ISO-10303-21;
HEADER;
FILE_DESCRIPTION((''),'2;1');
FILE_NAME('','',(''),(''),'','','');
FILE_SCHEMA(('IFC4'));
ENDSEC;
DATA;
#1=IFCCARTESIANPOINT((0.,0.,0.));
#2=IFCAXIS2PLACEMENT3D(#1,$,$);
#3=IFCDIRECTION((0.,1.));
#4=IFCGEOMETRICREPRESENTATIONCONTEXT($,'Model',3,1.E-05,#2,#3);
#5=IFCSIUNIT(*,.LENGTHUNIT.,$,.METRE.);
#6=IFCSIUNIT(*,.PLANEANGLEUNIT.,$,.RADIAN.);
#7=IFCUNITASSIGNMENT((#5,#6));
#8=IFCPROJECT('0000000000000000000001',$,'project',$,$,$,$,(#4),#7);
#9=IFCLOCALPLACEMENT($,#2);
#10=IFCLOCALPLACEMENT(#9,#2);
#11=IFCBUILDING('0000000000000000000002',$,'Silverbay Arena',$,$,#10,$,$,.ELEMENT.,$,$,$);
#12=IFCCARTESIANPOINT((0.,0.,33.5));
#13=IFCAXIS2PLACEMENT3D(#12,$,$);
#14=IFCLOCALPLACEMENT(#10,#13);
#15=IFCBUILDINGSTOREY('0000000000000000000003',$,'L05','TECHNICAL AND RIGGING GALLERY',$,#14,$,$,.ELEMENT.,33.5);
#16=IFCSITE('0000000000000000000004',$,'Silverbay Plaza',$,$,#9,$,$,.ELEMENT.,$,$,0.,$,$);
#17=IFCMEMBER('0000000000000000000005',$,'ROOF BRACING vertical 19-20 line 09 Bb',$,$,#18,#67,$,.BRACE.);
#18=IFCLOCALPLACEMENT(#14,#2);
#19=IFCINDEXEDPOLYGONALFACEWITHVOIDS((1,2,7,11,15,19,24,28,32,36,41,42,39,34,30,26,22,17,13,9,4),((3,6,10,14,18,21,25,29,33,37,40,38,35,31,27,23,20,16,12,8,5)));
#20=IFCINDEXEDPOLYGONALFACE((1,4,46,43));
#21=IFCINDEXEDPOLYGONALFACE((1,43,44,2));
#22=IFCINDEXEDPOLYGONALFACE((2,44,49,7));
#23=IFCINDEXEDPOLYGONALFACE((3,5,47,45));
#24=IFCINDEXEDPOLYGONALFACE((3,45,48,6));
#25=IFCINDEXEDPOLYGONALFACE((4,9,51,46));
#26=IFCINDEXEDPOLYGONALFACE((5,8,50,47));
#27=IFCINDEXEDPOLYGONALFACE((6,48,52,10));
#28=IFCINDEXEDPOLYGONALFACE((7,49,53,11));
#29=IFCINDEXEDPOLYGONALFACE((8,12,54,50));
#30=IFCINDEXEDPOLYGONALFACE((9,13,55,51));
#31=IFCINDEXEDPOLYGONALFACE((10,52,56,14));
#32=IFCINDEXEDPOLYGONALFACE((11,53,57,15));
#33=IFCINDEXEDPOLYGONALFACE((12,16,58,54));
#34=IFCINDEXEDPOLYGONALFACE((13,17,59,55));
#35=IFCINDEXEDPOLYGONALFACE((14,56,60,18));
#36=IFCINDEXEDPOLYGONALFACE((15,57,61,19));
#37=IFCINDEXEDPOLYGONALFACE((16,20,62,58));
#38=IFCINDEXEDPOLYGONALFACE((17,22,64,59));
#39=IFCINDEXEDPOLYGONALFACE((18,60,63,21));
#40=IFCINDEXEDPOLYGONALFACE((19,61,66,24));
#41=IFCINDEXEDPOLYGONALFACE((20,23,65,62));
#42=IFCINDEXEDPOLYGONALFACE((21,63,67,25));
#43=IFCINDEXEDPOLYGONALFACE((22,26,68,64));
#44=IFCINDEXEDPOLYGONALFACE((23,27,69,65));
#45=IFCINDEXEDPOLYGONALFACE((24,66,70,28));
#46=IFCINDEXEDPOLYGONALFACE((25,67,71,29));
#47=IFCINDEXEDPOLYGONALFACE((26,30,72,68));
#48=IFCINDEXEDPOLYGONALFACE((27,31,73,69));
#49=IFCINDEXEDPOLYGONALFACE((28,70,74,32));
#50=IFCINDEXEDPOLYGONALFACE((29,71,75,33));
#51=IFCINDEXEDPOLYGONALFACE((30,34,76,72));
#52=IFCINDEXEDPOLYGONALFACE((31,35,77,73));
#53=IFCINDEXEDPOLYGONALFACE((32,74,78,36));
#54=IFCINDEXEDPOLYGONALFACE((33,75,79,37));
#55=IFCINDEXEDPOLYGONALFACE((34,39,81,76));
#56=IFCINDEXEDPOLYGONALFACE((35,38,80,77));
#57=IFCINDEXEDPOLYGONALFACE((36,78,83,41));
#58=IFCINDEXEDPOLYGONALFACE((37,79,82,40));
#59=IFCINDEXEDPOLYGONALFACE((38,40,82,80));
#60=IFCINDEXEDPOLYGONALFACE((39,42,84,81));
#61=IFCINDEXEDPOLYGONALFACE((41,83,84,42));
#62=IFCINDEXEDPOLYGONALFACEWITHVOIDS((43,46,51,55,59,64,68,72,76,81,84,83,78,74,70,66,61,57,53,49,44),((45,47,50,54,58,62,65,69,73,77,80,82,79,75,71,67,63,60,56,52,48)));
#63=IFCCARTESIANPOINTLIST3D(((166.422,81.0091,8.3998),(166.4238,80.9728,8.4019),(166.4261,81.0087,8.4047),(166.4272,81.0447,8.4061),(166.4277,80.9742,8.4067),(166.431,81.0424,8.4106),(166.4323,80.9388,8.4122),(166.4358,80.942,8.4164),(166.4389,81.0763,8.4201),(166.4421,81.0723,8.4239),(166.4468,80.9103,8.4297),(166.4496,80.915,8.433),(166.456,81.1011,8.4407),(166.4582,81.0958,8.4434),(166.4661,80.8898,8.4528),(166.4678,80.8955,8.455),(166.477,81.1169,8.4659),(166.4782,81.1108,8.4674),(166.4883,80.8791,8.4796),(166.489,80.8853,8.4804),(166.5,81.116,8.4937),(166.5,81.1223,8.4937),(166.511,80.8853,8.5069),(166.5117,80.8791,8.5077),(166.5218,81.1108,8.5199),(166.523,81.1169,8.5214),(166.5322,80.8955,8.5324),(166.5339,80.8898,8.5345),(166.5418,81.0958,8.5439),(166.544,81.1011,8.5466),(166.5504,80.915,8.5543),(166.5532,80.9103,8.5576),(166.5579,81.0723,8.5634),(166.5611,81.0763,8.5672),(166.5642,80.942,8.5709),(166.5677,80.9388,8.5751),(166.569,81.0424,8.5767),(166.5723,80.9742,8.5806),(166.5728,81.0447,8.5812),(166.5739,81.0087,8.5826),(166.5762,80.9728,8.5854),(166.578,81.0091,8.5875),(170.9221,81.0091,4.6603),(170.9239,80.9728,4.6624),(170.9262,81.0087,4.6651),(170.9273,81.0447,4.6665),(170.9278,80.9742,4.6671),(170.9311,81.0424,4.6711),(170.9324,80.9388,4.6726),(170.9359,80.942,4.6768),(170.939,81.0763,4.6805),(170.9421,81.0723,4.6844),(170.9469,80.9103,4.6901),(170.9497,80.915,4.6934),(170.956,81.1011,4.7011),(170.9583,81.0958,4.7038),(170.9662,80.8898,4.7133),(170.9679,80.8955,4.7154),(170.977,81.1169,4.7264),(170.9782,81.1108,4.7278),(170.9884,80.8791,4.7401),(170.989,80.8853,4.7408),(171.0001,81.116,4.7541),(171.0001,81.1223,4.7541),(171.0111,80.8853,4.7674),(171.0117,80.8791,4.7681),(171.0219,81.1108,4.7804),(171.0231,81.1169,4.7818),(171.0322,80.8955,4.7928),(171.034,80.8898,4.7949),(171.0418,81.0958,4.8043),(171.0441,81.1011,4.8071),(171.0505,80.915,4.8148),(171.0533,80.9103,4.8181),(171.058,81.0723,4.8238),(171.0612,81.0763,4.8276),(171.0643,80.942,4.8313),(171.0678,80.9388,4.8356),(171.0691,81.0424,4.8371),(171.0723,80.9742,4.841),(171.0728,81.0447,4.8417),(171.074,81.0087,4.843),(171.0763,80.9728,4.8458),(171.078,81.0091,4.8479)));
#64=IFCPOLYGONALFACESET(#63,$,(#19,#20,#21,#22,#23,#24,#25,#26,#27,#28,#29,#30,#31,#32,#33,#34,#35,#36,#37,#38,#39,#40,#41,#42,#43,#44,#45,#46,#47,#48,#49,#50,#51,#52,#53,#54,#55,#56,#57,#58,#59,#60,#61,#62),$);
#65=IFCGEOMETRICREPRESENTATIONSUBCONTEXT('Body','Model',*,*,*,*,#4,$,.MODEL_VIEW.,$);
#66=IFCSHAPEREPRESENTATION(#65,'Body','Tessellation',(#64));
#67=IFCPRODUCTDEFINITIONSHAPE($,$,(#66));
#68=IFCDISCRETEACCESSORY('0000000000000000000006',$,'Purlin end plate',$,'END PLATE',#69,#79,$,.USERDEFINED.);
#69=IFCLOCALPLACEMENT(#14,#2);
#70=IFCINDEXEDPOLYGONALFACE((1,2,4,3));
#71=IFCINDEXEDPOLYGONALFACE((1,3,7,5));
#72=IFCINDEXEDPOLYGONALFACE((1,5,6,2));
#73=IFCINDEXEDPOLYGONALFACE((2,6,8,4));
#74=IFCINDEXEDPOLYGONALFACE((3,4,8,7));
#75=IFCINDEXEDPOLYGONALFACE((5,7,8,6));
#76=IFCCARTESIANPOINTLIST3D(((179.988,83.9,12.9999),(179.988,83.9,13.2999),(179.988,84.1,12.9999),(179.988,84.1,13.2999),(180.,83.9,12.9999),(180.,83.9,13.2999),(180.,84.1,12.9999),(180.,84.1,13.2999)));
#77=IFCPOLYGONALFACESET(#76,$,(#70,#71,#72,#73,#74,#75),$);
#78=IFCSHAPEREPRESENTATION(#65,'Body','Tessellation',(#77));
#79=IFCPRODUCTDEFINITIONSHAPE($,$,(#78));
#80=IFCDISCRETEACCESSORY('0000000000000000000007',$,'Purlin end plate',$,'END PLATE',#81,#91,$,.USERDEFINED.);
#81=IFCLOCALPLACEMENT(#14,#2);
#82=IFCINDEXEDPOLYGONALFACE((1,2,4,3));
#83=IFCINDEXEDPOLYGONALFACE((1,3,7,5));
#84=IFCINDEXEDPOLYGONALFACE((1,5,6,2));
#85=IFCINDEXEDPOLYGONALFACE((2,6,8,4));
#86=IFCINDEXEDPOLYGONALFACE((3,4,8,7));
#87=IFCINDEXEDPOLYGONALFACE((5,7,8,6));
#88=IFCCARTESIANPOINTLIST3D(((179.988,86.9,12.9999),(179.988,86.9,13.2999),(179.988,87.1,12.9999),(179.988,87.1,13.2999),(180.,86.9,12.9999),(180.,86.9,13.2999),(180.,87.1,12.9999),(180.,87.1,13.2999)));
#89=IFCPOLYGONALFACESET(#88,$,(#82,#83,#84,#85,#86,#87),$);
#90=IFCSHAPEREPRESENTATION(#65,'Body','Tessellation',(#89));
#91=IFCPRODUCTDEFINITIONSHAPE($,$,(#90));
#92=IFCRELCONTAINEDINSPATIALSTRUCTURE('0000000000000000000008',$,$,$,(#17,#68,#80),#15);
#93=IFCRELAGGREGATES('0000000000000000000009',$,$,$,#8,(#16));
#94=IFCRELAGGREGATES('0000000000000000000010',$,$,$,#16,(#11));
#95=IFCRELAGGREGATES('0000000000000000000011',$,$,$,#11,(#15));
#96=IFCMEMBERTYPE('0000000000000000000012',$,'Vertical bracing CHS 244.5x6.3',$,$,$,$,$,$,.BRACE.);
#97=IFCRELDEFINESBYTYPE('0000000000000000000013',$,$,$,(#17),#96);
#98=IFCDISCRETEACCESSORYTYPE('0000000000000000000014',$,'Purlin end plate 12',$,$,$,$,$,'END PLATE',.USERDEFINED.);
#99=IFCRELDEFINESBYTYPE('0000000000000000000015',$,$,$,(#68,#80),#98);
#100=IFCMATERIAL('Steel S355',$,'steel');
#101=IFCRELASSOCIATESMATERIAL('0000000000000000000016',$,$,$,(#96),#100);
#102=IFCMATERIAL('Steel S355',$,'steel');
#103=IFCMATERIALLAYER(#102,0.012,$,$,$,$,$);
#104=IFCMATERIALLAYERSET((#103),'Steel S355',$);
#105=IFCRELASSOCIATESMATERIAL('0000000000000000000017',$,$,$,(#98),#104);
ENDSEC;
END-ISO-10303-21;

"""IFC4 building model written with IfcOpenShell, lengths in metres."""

from ifc_helpers import new_model, si_unit, direction, frame, origin, origin_2d, place, context, subcontext, project, spatial, rectangle, hollow_circle, extrude, material, layer, layer_set, material_profile, profile_set, type_object, element, save


model = new_model("IFC4")

# Units and contexts
model_context = context("Model", 3, precision=1e-05, world=origin(), true_north=direction((0.0, 1.0)))
body_context = subcontext(model_context, "Body", "Model", "MODEL_VIEW")
ifc_project = project(units=[si_unit("LENGTHUNIT", "METRE"), si_unit("PLANEANGLEUNIT", "RADIAN")], contexts=[model_context])

# Site, building, storey
site_placement = place(None, origin())
site = spatial("IfcSite", under=ifc_project, at=site_placement, Name="Silverbay Plaza", CompositionType="ELEMENT", RefElevation=0.0)
building_placement = place(site_placement, origin())
building = spatial("IfcBuilding", under=site, at=building_placement, Name="Silverbay Arena", CompositionType="ELEMENT")
storey_placement = place(building_placement, frame((0.0, 0.0, 33.5)))
storey = spatial("IfcBuildingStorey", under=building, at=storey_placement, Name="L05", Description="TECHNICAL AND RIGGING GALLERY", CompositionType="ELEMENT", Elevation=33.5)

# Member
ifc_material_1 = material(Name="Steel S355", Category="steel")
ifc_material_profile_1 = material_profile(ifc_material_1, hollow_circle(Radius=0.1223, WallThickness=0.0063, at=origin_2d()), Name="CHS 244.5x6.3")
ifc_profile_set_1 = profile_set([ifc_material_profile_1], Name="Steel S355")
member_type_1 = type_object("IfcMemberType", Name="Vertical bracing CHS 244.5x6.3", PredefinedType="BRACE", material=ifc_profile_set_1)
for number, where, z_axis, x_axis, name in (
    (1, (166.5, 81.0, 8.4937), (0.769103, 0.0, -0.639125), (0.0, 1.0, 0.0), "ROOF BRACING vertical 19-20 line 09 Bb"),
):
    element("IfcMember", number, at=place(storey_placement, frame(where, z_axis=z_axis, x_axis=x_axis)), inside=storey, type_object=member_type_1, Name=name, PredefinedType="BRACE", context=body_context, shape_type="SweptSolid", body=[
        extrude(hollow_circle(Radius=0.1223, WallThickness=0.0063, at=origin_2d()), origin(), (0.0, 0.0, 1.0), 5.8511),
    ])

# Discrete accessories
ifc_material_2 = material(Name="Steel S355", Category="steel")
ifc_layer = layer(ifc_material_2, 0.012)
ifc_layer_set = layer_set([ifc_layer], Name="Steel S355")
discrete_accessory_type = type_object("IfcDiscreteAccessoryType", Name="Purlin end plate 12", ElementType="END PLATE", PredefinedType="USERDEFINED", material=ifc_layer_set)
for number, where, z_axis, x_axis, name in (
    (2, (180.0, 84.0, 13.1499), (-1.0, 0.0, 0.0), (0.0, -1.0, 0.0), "Purlin end plate"),
    (3, (180.0, 87.0, 13.1499), (-1.0, 0.0, 0.0), (0.0, -1.0, 0.0), "Purlin end plate"),
):
    element("IfcDiscreteAccessory", number, at=place(storey_placement, frame(where, z_axis=z_axis, x_axis=x_axis)), inside=storey, type_object=discrete_accessory_type, Name=name, ObjectType="END PLATE", PredefinedType="USERDEFINED", context=body_context, shape_type="SweptSolid", body=[
        extrude(rectangle(XDim=0.2, YDim=0.3, at=origin_2d()), origin(), (0.0, 0.0, 1.0), 0.012),
    ])

save(model, "model.ifc")
